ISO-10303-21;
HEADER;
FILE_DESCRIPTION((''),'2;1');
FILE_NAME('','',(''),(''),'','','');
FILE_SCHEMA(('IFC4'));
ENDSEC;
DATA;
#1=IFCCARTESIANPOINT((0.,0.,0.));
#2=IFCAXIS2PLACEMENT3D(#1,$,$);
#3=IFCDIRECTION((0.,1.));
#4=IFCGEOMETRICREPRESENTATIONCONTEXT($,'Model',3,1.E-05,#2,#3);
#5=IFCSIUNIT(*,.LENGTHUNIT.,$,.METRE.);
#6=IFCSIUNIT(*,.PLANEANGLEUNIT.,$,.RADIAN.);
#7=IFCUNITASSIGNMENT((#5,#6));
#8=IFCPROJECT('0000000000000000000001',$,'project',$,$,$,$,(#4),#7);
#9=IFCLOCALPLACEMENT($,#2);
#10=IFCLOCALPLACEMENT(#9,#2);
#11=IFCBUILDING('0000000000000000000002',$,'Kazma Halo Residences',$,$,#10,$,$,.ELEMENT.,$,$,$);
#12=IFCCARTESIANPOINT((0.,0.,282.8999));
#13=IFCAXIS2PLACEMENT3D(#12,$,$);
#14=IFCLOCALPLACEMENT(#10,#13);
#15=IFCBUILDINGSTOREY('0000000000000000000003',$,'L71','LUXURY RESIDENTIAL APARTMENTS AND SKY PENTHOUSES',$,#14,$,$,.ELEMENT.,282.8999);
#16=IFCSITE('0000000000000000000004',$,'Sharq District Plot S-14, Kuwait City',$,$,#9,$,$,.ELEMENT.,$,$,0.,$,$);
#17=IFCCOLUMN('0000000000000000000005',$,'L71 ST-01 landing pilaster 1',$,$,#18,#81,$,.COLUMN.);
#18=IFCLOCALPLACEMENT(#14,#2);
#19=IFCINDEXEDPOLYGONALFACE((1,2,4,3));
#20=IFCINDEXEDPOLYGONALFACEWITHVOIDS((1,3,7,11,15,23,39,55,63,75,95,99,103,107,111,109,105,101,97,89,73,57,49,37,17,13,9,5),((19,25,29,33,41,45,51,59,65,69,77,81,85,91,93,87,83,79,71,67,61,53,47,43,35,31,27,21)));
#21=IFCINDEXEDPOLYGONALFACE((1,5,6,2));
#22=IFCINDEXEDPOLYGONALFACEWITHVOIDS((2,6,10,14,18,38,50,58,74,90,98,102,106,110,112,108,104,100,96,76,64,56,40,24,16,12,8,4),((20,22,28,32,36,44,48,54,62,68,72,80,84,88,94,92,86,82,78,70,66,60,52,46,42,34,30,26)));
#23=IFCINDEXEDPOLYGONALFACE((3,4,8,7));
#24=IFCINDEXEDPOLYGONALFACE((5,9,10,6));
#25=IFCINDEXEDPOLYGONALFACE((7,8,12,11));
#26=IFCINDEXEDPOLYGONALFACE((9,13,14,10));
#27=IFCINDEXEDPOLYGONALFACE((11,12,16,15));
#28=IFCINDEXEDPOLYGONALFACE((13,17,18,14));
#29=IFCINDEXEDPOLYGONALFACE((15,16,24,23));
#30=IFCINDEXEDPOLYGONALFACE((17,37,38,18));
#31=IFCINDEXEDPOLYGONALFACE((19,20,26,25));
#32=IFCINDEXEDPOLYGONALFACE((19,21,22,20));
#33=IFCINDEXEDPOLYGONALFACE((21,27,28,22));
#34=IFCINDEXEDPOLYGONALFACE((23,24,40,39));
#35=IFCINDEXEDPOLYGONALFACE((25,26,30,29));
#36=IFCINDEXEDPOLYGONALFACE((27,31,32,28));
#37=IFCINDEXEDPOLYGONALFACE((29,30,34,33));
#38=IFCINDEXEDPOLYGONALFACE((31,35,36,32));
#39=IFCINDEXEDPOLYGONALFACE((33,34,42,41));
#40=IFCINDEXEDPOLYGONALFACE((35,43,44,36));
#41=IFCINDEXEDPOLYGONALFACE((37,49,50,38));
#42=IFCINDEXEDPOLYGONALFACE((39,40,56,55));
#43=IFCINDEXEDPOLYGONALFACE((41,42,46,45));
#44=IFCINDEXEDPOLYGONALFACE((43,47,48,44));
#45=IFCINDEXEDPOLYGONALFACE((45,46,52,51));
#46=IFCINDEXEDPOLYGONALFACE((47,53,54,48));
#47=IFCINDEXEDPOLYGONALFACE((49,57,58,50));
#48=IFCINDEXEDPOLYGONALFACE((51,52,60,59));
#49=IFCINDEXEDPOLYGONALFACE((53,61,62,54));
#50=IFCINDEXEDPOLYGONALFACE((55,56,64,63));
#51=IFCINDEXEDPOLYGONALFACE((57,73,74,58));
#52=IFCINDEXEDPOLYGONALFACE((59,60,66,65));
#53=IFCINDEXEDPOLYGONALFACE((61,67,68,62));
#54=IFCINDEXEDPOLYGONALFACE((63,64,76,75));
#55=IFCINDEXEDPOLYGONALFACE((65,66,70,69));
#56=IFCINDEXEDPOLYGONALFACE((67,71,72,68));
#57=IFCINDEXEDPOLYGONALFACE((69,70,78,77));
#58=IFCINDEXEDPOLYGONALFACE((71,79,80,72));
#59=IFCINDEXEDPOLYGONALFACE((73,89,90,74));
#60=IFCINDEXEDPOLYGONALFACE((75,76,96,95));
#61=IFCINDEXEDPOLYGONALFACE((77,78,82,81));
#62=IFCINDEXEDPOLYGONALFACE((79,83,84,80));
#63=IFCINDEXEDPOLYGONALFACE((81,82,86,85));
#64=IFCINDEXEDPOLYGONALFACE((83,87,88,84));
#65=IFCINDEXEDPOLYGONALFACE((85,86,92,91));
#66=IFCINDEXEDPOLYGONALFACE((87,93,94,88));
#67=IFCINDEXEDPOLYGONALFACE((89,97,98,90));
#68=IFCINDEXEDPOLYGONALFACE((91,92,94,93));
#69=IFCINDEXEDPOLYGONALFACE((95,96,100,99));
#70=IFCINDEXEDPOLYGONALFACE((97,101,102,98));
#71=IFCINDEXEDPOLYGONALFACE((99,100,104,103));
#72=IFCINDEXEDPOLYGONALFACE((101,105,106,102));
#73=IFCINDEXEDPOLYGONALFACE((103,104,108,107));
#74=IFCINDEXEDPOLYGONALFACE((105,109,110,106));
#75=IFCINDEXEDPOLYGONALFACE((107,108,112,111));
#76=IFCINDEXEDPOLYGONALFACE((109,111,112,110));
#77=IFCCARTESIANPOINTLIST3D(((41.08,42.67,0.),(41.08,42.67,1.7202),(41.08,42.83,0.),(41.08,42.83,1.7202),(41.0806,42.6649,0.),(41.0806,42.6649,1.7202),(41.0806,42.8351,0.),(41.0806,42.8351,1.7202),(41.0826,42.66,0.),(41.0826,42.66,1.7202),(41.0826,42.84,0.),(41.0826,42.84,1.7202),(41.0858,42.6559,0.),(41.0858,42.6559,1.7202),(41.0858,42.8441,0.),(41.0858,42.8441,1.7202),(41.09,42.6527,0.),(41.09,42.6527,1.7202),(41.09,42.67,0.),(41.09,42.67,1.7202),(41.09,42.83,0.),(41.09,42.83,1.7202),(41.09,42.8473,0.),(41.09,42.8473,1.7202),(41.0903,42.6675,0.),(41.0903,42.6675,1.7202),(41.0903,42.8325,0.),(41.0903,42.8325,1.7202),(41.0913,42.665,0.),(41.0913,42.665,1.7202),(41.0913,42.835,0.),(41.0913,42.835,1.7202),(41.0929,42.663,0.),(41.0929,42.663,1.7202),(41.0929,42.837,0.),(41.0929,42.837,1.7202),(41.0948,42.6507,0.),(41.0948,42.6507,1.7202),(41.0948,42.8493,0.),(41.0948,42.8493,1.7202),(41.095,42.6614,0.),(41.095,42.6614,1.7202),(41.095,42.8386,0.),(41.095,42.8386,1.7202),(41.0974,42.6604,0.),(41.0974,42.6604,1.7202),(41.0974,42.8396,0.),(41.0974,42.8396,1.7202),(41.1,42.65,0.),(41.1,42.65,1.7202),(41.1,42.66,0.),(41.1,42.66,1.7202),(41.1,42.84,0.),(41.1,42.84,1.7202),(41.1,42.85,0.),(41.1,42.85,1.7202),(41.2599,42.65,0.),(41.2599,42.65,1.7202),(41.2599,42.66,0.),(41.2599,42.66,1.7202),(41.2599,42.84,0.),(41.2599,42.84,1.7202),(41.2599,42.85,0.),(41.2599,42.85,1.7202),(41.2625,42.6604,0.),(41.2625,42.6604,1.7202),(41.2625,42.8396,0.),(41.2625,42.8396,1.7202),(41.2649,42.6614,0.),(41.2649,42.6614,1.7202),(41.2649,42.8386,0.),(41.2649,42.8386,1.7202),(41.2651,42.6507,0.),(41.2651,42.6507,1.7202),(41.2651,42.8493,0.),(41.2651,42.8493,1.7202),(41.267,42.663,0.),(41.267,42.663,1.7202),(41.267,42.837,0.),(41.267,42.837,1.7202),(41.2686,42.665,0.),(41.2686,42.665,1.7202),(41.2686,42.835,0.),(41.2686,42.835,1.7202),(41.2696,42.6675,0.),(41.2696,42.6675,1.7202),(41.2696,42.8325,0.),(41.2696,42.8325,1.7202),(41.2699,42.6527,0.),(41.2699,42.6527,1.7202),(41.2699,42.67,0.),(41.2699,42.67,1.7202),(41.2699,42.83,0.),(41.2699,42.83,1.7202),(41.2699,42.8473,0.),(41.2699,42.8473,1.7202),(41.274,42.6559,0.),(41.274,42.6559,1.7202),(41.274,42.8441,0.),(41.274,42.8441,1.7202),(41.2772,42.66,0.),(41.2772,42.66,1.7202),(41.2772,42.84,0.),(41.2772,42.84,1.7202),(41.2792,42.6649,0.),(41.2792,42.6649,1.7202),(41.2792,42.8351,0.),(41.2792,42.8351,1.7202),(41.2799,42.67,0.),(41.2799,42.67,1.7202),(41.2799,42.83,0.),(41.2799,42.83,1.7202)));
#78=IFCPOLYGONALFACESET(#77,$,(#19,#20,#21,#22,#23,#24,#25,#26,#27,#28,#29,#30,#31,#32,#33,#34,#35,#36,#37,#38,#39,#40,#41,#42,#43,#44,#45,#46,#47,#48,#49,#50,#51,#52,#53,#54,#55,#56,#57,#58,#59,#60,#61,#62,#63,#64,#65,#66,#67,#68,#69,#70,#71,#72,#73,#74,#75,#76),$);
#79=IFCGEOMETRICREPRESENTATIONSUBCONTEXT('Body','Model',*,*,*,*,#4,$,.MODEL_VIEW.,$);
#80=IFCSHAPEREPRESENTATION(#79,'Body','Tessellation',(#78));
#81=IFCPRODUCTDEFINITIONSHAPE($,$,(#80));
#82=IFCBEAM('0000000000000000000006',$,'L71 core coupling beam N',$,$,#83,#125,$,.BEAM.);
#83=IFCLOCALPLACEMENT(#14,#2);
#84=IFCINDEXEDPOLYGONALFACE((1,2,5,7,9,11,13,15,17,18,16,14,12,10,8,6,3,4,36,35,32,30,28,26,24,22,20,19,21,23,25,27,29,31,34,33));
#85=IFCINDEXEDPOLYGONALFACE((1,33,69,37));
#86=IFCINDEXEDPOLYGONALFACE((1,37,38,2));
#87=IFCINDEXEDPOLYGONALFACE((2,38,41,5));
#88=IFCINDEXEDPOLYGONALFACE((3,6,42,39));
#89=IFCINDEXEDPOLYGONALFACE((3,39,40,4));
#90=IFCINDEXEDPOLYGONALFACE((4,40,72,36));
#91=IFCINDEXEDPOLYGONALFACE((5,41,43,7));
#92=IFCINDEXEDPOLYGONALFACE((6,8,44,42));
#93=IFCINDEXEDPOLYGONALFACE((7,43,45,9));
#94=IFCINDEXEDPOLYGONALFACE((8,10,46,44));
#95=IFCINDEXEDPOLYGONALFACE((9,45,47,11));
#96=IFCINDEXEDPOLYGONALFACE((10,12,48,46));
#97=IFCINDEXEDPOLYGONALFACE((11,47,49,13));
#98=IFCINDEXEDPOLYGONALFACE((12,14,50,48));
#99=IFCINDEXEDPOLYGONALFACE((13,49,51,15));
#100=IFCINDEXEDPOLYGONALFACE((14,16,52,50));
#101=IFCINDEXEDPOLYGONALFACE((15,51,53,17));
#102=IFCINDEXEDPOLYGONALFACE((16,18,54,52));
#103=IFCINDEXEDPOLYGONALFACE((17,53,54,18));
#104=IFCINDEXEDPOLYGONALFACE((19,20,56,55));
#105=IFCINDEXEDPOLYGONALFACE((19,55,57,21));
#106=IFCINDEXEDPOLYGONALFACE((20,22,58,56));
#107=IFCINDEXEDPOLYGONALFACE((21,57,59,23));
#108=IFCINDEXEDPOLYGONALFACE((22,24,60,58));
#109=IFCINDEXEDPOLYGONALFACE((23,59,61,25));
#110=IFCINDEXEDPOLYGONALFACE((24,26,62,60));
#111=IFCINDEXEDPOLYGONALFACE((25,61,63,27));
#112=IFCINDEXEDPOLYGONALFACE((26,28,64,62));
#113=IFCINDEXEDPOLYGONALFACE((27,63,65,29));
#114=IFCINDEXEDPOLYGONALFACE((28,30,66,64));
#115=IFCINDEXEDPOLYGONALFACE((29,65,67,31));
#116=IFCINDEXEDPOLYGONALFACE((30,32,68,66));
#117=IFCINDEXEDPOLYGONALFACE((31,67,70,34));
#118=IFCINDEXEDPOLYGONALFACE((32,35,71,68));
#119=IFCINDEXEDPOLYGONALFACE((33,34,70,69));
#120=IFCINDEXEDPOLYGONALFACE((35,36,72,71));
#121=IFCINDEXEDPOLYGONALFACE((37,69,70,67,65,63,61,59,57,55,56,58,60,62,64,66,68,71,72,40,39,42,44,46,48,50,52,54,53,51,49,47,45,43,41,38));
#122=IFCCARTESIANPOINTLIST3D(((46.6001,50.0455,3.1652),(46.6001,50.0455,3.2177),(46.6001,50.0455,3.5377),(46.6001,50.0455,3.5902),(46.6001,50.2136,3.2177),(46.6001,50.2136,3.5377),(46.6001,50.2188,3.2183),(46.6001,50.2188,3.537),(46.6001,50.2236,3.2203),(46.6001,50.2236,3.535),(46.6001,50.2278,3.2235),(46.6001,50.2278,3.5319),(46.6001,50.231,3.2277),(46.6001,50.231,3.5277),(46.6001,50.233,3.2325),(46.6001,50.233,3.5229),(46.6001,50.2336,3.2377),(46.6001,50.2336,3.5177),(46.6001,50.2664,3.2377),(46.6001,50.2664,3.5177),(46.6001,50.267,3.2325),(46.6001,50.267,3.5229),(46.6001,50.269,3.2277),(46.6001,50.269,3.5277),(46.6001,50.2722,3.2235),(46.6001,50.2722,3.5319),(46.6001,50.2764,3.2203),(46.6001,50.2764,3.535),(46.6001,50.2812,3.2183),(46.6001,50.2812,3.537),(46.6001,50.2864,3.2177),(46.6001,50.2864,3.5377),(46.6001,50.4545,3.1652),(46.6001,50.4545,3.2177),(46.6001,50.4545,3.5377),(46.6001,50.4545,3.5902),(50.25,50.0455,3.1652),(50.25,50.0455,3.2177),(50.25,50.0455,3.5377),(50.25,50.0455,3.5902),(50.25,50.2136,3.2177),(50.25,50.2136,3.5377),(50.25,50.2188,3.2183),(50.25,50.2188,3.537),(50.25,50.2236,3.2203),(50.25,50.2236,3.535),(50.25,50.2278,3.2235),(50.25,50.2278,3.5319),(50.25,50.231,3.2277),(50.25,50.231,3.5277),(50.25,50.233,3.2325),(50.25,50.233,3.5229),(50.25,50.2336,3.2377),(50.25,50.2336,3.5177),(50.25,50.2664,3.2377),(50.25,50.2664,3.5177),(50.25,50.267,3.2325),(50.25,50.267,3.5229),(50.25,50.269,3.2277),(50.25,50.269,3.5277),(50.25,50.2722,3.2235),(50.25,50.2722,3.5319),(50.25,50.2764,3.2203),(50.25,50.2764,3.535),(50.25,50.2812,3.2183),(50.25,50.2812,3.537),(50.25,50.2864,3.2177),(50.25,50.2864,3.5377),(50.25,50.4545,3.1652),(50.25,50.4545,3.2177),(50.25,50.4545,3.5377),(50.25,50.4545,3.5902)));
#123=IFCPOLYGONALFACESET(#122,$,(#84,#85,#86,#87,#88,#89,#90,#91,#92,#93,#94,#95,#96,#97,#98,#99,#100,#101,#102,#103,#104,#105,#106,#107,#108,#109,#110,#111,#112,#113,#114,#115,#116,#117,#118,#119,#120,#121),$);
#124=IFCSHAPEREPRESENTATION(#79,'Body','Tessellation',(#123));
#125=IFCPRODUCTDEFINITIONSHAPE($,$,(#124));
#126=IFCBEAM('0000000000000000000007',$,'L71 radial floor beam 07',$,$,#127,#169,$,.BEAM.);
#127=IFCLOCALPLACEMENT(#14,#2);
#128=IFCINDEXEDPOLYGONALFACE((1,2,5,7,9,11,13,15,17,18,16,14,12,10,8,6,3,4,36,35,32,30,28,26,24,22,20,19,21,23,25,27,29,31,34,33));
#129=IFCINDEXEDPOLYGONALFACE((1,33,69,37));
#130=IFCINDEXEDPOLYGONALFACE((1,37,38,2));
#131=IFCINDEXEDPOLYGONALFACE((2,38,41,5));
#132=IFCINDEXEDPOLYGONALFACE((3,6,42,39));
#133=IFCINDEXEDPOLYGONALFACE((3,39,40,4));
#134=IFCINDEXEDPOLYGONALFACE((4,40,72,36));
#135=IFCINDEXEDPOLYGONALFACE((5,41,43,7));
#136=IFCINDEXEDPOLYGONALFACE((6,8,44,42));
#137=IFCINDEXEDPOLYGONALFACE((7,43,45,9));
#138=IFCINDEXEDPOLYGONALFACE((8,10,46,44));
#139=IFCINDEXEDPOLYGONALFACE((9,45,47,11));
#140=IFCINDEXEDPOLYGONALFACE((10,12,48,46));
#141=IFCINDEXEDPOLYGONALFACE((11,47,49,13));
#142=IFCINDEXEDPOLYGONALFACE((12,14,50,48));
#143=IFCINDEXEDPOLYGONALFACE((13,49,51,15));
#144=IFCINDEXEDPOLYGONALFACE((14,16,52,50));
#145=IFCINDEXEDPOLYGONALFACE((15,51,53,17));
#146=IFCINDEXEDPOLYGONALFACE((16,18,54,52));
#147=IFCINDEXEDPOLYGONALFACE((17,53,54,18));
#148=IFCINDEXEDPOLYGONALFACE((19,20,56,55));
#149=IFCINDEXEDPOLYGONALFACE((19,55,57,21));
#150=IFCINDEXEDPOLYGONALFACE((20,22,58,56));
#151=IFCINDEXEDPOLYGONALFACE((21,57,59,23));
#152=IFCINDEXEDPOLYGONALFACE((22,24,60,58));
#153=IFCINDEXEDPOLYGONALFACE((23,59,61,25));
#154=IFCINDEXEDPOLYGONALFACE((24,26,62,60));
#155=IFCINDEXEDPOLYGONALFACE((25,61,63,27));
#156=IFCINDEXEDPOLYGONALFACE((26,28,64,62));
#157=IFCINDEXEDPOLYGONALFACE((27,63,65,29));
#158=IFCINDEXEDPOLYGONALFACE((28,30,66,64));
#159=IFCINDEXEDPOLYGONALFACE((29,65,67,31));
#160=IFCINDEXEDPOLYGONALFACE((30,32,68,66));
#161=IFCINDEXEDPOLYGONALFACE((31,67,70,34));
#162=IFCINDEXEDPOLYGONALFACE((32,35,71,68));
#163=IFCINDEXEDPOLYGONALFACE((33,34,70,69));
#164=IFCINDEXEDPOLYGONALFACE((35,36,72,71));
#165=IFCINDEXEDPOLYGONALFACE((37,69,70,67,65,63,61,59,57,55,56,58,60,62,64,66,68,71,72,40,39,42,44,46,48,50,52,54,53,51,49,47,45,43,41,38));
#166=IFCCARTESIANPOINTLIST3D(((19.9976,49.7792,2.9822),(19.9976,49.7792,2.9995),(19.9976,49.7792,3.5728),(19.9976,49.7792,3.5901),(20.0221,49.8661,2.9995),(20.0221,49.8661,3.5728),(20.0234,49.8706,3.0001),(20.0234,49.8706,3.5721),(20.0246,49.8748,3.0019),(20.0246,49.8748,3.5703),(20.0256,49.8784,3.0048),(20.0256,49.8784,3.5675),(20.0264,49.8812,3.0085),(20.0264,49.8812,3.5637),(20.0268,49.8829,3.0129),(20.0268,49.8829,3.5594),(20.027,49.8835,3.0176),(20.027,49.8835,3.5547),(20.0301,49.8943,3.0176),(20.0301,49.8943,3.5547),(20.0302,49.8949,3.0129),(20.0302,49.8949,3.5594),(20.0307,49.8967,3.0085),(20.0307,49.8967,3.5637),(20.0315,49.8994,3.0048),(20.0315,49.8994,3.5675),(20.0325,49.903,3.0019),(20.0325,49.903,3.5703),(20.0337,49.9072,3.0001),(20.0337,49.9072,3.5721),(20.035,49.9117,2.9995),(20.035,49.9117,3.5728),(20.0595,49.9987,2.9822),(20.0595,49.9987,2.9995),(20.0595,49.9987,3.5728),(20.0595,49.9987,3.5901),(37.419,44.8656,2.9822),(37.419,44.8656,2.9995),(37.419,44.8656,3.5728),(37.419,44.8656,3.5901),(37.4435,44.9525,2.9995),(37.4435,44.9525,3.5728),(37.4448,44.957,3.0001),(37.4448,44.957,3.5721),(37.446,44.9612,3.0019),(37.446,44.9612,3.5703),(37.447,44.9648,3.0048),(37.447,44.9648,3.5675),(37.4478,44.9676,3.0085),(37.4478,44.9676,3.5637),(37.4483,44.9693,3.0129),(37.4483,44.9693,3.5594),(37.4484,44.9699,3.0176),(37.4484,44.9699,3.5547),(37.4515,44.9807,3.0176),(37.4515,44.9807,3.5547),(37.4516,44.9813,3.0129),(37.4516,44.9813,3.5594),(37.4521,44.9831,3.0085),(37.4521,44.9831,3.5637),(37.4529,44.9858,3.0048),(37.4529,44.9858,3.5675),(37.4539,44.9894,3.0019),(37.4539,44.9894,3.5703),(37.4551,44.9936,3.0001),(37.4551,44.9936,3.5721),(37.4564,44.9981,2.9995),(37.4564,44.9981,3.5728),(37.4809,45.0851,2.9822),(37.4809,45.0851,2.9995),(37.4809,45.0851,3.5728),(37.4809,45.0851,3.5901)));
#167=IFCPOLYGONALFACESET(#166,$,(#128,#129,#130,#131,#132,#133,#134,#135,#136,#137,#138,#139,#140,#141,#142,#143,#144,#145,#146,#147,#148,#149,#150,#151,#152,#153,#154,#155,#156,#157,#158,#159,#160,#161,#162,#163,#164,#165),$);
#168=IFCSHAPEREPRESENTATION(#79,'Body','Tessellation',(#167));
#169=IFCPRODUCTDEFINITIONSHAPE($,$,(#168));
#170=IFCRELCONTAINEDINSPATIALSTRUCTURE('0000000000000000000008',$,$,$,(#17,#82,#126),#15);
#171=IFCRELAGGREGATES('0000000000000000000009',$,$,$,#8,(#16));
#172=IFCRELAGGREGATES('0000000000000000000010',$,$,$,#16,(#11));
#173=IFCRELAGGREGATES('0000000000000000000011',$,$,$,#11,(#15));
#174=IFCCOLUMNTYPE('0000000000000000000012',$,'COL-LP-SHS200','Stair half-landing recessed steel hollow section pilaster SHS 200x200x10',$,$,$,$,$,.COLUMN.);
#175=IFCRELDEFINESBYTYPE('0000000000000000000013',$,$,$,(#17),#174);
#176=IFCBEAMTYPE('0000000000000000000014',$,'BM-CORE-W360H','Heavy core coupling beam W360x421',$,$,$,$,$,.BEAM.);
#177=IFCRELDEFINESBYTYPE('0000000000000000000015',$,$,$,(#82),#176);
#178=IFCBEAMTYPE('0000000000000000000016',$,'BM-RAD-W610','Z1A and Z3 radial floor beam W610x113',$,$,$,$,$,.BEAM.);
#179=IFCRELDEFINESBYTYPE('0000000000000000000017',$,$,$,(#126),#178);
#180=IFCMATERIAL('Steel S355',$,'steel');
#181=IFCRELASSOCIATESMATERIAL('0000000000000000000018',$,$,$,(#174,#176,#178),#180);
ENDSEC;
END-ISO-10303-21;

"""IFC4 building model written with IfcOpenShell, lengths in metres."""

from ifc_helpers import new_model, si_unit, direction, frame, origin, origin_2d, place, context, subcontext, project, spatial, hollow_rectangle, i_section, extrude, material, material_profile, profile_set, type_object, element, save


model = new_model("IFC4")

# Units and contexts
model_context = context("Model", 3, precision=1e-05, world=origin(), true_north=direction((0.0, 1.0)))
body_context = subcontext(model_context, "Body", "Model", "MODEL_VIEW")
ifc_project = project(units=[si_unit("LENGTHUNIT", "METRE"), si_unit("PLANEANGLEUNIT", "RADIAN")], contexts=[model_context])

# Site, building, storey
site_placement = place(None, origin())
site = spatial("IfcSite", under=ifc_project, at=site_placement, Name="Sharq District Plot S-14, Kuwait City", CompositionType="ELEMENT", RefElevation=0.0)
building_placement = place(site_placement, origin())
building = spatial("IfcBuilding", under=site, at=building_placement, Name="Kazma Halo Residences", CompositionType="ELEMENT")
storey_placement = place(building_placement, frame((0.0, 0.0, 282.8999)))
storey = spatial("IfcBuildingStorey", under=building, at=storey_placement, Name="L71", Description="LUXURY RESIDENTIAL APARTMENTS AND SKY PENTHOUSES", CompositionType="ELEMENT", Elevation=282.8999)

# Column
ifc_material_1 = material(Name="Steel S355", Category="steel")
ifc_material_profile_1 = material_profile(ifc_material_1, hollow_rectangle(XDim=0.2, YDim=0.2, WallThickness=0.01, InnerFilletRadius=0.01, OuterFilletRadius=0.02, at=origin_2d()), Name="SHS200x200x10")
ifc_profile_set_1 = profile_set([ifc_material_profile_1], Name="Steel S355")
column_type = type_object("IfcColumnType", Name="COL-LP-SHS200", Description="Stair half-landing recessed steel hollow section pilaster SHS 200x200x10", PredefinedType="COLUMN", material=ifc_profile_set_1)
column_placement = place(storey_placement, frame((41.1799, 42.75, 0.0), z_axis=(0.0, 0.0, 1.0), x_axis=(1.0, 0.0, 0.0)))
element("IfcColumn", 1, at=column_placement, inside=storey, type_object=column_type, Name="L71 ST-01 landing pilaster 1", PredefinedType="COLUMN", context=body_context, shape_type="SweptSolid", body=[
    extrude(hollow_rectangle(XDim=0.2, YDim=0.2, WallThickness=0.01, InnerFilletRadius=0.01, OuterFilletRadius=0.02, at=origin_2d()), origin(), (0.0, 0.0, 1.0), 1.7202),
])

# Beams
ifc_material_profile_2 = material_profile(ifc_material_1, i_section(OverallWidth=0.4089, OverallDepth=0.425, WebThickness=0.0327, FlangeThickness=0.0525, FilletRadius=0.02, at=origin_2d()), Name="W360x421")
ifc_profile_set_2 = profile_set([ifc_material_profile_2], Name="Steel S355")
beam_type_1 = type_object("IfcBeamType", Name="BM-CORE-W360H", Description="Heavy core coupling beam W360x421", PredefinedType="BEAM", material=ifc_profile_set_2)
beam_1_placement = place(storey_placement, frame((46.6001, 50.25, 3.3777), z_axis=(1.0, 0.0, 0.0), x_axis=(0.0, 1.0, 0.0)))
element("IfcBeam", 2, at=beam_1_placement, inside=storey, type_object=beam_type_1, Name="L71 core coupling beam N", PredefinedType="BEAM", context=body_context, shape_type="SweptSolid", body=[
    extrude(i_section(OverallWidth=0.4089, OverallDepth=0.425, WebThickness=0.0327, FlangeThickness=0.0525, FilletRadius=0.02, at=origin_2d()), origin(), (0.0, 0.0, 1.0), 3.6499),
])
ifc_material_profile_3 = material_profile(ifc_material_1, i_section(OverallWidth=0.228, OverallDepth=0.6079, WebThickness=0.0112, FlangeThickness=0.0173, FilletRadius=0.0181, at=origin_2d()), Name="W610x113")
ifc_profile_set_3 = profile_set([ifc_material_profile_3], Name="Steel S355")
beam_type_2 = type_object("IfcBeamType", Name="BM-RAD-W610", Description="Z1A and Z3 radial floor beam W610x113", PredefinedType="BEAM", material=ifc_profile_set_3)
beam_2_placement = place(storey_placement, frame((37.45, 44.9753, 3.2861), z_axis=(-0.962452, 0.271452, 0.0), x_axis=(-0.271452, -0.962452, 0.0)))
element("IfcBeam", 3, at=beam_2_placement, inside=storey, type_object=beam_type_2, Name="L71 radial floor beam 07", PredefinedType="BEAM", context=body_context, shape_type="SweptSolid", body=[
    extrude(i_section(OverallWidth=0.228, OverallDepth=0.6079, WebThickness=0.0112, FlangeThickness=0.0173, FilletRadius=0.0181, at=origin_2d()), origin(), (0.0, 0.0, 1.0), 18.1011),
])

save(model, "model.ifc")
